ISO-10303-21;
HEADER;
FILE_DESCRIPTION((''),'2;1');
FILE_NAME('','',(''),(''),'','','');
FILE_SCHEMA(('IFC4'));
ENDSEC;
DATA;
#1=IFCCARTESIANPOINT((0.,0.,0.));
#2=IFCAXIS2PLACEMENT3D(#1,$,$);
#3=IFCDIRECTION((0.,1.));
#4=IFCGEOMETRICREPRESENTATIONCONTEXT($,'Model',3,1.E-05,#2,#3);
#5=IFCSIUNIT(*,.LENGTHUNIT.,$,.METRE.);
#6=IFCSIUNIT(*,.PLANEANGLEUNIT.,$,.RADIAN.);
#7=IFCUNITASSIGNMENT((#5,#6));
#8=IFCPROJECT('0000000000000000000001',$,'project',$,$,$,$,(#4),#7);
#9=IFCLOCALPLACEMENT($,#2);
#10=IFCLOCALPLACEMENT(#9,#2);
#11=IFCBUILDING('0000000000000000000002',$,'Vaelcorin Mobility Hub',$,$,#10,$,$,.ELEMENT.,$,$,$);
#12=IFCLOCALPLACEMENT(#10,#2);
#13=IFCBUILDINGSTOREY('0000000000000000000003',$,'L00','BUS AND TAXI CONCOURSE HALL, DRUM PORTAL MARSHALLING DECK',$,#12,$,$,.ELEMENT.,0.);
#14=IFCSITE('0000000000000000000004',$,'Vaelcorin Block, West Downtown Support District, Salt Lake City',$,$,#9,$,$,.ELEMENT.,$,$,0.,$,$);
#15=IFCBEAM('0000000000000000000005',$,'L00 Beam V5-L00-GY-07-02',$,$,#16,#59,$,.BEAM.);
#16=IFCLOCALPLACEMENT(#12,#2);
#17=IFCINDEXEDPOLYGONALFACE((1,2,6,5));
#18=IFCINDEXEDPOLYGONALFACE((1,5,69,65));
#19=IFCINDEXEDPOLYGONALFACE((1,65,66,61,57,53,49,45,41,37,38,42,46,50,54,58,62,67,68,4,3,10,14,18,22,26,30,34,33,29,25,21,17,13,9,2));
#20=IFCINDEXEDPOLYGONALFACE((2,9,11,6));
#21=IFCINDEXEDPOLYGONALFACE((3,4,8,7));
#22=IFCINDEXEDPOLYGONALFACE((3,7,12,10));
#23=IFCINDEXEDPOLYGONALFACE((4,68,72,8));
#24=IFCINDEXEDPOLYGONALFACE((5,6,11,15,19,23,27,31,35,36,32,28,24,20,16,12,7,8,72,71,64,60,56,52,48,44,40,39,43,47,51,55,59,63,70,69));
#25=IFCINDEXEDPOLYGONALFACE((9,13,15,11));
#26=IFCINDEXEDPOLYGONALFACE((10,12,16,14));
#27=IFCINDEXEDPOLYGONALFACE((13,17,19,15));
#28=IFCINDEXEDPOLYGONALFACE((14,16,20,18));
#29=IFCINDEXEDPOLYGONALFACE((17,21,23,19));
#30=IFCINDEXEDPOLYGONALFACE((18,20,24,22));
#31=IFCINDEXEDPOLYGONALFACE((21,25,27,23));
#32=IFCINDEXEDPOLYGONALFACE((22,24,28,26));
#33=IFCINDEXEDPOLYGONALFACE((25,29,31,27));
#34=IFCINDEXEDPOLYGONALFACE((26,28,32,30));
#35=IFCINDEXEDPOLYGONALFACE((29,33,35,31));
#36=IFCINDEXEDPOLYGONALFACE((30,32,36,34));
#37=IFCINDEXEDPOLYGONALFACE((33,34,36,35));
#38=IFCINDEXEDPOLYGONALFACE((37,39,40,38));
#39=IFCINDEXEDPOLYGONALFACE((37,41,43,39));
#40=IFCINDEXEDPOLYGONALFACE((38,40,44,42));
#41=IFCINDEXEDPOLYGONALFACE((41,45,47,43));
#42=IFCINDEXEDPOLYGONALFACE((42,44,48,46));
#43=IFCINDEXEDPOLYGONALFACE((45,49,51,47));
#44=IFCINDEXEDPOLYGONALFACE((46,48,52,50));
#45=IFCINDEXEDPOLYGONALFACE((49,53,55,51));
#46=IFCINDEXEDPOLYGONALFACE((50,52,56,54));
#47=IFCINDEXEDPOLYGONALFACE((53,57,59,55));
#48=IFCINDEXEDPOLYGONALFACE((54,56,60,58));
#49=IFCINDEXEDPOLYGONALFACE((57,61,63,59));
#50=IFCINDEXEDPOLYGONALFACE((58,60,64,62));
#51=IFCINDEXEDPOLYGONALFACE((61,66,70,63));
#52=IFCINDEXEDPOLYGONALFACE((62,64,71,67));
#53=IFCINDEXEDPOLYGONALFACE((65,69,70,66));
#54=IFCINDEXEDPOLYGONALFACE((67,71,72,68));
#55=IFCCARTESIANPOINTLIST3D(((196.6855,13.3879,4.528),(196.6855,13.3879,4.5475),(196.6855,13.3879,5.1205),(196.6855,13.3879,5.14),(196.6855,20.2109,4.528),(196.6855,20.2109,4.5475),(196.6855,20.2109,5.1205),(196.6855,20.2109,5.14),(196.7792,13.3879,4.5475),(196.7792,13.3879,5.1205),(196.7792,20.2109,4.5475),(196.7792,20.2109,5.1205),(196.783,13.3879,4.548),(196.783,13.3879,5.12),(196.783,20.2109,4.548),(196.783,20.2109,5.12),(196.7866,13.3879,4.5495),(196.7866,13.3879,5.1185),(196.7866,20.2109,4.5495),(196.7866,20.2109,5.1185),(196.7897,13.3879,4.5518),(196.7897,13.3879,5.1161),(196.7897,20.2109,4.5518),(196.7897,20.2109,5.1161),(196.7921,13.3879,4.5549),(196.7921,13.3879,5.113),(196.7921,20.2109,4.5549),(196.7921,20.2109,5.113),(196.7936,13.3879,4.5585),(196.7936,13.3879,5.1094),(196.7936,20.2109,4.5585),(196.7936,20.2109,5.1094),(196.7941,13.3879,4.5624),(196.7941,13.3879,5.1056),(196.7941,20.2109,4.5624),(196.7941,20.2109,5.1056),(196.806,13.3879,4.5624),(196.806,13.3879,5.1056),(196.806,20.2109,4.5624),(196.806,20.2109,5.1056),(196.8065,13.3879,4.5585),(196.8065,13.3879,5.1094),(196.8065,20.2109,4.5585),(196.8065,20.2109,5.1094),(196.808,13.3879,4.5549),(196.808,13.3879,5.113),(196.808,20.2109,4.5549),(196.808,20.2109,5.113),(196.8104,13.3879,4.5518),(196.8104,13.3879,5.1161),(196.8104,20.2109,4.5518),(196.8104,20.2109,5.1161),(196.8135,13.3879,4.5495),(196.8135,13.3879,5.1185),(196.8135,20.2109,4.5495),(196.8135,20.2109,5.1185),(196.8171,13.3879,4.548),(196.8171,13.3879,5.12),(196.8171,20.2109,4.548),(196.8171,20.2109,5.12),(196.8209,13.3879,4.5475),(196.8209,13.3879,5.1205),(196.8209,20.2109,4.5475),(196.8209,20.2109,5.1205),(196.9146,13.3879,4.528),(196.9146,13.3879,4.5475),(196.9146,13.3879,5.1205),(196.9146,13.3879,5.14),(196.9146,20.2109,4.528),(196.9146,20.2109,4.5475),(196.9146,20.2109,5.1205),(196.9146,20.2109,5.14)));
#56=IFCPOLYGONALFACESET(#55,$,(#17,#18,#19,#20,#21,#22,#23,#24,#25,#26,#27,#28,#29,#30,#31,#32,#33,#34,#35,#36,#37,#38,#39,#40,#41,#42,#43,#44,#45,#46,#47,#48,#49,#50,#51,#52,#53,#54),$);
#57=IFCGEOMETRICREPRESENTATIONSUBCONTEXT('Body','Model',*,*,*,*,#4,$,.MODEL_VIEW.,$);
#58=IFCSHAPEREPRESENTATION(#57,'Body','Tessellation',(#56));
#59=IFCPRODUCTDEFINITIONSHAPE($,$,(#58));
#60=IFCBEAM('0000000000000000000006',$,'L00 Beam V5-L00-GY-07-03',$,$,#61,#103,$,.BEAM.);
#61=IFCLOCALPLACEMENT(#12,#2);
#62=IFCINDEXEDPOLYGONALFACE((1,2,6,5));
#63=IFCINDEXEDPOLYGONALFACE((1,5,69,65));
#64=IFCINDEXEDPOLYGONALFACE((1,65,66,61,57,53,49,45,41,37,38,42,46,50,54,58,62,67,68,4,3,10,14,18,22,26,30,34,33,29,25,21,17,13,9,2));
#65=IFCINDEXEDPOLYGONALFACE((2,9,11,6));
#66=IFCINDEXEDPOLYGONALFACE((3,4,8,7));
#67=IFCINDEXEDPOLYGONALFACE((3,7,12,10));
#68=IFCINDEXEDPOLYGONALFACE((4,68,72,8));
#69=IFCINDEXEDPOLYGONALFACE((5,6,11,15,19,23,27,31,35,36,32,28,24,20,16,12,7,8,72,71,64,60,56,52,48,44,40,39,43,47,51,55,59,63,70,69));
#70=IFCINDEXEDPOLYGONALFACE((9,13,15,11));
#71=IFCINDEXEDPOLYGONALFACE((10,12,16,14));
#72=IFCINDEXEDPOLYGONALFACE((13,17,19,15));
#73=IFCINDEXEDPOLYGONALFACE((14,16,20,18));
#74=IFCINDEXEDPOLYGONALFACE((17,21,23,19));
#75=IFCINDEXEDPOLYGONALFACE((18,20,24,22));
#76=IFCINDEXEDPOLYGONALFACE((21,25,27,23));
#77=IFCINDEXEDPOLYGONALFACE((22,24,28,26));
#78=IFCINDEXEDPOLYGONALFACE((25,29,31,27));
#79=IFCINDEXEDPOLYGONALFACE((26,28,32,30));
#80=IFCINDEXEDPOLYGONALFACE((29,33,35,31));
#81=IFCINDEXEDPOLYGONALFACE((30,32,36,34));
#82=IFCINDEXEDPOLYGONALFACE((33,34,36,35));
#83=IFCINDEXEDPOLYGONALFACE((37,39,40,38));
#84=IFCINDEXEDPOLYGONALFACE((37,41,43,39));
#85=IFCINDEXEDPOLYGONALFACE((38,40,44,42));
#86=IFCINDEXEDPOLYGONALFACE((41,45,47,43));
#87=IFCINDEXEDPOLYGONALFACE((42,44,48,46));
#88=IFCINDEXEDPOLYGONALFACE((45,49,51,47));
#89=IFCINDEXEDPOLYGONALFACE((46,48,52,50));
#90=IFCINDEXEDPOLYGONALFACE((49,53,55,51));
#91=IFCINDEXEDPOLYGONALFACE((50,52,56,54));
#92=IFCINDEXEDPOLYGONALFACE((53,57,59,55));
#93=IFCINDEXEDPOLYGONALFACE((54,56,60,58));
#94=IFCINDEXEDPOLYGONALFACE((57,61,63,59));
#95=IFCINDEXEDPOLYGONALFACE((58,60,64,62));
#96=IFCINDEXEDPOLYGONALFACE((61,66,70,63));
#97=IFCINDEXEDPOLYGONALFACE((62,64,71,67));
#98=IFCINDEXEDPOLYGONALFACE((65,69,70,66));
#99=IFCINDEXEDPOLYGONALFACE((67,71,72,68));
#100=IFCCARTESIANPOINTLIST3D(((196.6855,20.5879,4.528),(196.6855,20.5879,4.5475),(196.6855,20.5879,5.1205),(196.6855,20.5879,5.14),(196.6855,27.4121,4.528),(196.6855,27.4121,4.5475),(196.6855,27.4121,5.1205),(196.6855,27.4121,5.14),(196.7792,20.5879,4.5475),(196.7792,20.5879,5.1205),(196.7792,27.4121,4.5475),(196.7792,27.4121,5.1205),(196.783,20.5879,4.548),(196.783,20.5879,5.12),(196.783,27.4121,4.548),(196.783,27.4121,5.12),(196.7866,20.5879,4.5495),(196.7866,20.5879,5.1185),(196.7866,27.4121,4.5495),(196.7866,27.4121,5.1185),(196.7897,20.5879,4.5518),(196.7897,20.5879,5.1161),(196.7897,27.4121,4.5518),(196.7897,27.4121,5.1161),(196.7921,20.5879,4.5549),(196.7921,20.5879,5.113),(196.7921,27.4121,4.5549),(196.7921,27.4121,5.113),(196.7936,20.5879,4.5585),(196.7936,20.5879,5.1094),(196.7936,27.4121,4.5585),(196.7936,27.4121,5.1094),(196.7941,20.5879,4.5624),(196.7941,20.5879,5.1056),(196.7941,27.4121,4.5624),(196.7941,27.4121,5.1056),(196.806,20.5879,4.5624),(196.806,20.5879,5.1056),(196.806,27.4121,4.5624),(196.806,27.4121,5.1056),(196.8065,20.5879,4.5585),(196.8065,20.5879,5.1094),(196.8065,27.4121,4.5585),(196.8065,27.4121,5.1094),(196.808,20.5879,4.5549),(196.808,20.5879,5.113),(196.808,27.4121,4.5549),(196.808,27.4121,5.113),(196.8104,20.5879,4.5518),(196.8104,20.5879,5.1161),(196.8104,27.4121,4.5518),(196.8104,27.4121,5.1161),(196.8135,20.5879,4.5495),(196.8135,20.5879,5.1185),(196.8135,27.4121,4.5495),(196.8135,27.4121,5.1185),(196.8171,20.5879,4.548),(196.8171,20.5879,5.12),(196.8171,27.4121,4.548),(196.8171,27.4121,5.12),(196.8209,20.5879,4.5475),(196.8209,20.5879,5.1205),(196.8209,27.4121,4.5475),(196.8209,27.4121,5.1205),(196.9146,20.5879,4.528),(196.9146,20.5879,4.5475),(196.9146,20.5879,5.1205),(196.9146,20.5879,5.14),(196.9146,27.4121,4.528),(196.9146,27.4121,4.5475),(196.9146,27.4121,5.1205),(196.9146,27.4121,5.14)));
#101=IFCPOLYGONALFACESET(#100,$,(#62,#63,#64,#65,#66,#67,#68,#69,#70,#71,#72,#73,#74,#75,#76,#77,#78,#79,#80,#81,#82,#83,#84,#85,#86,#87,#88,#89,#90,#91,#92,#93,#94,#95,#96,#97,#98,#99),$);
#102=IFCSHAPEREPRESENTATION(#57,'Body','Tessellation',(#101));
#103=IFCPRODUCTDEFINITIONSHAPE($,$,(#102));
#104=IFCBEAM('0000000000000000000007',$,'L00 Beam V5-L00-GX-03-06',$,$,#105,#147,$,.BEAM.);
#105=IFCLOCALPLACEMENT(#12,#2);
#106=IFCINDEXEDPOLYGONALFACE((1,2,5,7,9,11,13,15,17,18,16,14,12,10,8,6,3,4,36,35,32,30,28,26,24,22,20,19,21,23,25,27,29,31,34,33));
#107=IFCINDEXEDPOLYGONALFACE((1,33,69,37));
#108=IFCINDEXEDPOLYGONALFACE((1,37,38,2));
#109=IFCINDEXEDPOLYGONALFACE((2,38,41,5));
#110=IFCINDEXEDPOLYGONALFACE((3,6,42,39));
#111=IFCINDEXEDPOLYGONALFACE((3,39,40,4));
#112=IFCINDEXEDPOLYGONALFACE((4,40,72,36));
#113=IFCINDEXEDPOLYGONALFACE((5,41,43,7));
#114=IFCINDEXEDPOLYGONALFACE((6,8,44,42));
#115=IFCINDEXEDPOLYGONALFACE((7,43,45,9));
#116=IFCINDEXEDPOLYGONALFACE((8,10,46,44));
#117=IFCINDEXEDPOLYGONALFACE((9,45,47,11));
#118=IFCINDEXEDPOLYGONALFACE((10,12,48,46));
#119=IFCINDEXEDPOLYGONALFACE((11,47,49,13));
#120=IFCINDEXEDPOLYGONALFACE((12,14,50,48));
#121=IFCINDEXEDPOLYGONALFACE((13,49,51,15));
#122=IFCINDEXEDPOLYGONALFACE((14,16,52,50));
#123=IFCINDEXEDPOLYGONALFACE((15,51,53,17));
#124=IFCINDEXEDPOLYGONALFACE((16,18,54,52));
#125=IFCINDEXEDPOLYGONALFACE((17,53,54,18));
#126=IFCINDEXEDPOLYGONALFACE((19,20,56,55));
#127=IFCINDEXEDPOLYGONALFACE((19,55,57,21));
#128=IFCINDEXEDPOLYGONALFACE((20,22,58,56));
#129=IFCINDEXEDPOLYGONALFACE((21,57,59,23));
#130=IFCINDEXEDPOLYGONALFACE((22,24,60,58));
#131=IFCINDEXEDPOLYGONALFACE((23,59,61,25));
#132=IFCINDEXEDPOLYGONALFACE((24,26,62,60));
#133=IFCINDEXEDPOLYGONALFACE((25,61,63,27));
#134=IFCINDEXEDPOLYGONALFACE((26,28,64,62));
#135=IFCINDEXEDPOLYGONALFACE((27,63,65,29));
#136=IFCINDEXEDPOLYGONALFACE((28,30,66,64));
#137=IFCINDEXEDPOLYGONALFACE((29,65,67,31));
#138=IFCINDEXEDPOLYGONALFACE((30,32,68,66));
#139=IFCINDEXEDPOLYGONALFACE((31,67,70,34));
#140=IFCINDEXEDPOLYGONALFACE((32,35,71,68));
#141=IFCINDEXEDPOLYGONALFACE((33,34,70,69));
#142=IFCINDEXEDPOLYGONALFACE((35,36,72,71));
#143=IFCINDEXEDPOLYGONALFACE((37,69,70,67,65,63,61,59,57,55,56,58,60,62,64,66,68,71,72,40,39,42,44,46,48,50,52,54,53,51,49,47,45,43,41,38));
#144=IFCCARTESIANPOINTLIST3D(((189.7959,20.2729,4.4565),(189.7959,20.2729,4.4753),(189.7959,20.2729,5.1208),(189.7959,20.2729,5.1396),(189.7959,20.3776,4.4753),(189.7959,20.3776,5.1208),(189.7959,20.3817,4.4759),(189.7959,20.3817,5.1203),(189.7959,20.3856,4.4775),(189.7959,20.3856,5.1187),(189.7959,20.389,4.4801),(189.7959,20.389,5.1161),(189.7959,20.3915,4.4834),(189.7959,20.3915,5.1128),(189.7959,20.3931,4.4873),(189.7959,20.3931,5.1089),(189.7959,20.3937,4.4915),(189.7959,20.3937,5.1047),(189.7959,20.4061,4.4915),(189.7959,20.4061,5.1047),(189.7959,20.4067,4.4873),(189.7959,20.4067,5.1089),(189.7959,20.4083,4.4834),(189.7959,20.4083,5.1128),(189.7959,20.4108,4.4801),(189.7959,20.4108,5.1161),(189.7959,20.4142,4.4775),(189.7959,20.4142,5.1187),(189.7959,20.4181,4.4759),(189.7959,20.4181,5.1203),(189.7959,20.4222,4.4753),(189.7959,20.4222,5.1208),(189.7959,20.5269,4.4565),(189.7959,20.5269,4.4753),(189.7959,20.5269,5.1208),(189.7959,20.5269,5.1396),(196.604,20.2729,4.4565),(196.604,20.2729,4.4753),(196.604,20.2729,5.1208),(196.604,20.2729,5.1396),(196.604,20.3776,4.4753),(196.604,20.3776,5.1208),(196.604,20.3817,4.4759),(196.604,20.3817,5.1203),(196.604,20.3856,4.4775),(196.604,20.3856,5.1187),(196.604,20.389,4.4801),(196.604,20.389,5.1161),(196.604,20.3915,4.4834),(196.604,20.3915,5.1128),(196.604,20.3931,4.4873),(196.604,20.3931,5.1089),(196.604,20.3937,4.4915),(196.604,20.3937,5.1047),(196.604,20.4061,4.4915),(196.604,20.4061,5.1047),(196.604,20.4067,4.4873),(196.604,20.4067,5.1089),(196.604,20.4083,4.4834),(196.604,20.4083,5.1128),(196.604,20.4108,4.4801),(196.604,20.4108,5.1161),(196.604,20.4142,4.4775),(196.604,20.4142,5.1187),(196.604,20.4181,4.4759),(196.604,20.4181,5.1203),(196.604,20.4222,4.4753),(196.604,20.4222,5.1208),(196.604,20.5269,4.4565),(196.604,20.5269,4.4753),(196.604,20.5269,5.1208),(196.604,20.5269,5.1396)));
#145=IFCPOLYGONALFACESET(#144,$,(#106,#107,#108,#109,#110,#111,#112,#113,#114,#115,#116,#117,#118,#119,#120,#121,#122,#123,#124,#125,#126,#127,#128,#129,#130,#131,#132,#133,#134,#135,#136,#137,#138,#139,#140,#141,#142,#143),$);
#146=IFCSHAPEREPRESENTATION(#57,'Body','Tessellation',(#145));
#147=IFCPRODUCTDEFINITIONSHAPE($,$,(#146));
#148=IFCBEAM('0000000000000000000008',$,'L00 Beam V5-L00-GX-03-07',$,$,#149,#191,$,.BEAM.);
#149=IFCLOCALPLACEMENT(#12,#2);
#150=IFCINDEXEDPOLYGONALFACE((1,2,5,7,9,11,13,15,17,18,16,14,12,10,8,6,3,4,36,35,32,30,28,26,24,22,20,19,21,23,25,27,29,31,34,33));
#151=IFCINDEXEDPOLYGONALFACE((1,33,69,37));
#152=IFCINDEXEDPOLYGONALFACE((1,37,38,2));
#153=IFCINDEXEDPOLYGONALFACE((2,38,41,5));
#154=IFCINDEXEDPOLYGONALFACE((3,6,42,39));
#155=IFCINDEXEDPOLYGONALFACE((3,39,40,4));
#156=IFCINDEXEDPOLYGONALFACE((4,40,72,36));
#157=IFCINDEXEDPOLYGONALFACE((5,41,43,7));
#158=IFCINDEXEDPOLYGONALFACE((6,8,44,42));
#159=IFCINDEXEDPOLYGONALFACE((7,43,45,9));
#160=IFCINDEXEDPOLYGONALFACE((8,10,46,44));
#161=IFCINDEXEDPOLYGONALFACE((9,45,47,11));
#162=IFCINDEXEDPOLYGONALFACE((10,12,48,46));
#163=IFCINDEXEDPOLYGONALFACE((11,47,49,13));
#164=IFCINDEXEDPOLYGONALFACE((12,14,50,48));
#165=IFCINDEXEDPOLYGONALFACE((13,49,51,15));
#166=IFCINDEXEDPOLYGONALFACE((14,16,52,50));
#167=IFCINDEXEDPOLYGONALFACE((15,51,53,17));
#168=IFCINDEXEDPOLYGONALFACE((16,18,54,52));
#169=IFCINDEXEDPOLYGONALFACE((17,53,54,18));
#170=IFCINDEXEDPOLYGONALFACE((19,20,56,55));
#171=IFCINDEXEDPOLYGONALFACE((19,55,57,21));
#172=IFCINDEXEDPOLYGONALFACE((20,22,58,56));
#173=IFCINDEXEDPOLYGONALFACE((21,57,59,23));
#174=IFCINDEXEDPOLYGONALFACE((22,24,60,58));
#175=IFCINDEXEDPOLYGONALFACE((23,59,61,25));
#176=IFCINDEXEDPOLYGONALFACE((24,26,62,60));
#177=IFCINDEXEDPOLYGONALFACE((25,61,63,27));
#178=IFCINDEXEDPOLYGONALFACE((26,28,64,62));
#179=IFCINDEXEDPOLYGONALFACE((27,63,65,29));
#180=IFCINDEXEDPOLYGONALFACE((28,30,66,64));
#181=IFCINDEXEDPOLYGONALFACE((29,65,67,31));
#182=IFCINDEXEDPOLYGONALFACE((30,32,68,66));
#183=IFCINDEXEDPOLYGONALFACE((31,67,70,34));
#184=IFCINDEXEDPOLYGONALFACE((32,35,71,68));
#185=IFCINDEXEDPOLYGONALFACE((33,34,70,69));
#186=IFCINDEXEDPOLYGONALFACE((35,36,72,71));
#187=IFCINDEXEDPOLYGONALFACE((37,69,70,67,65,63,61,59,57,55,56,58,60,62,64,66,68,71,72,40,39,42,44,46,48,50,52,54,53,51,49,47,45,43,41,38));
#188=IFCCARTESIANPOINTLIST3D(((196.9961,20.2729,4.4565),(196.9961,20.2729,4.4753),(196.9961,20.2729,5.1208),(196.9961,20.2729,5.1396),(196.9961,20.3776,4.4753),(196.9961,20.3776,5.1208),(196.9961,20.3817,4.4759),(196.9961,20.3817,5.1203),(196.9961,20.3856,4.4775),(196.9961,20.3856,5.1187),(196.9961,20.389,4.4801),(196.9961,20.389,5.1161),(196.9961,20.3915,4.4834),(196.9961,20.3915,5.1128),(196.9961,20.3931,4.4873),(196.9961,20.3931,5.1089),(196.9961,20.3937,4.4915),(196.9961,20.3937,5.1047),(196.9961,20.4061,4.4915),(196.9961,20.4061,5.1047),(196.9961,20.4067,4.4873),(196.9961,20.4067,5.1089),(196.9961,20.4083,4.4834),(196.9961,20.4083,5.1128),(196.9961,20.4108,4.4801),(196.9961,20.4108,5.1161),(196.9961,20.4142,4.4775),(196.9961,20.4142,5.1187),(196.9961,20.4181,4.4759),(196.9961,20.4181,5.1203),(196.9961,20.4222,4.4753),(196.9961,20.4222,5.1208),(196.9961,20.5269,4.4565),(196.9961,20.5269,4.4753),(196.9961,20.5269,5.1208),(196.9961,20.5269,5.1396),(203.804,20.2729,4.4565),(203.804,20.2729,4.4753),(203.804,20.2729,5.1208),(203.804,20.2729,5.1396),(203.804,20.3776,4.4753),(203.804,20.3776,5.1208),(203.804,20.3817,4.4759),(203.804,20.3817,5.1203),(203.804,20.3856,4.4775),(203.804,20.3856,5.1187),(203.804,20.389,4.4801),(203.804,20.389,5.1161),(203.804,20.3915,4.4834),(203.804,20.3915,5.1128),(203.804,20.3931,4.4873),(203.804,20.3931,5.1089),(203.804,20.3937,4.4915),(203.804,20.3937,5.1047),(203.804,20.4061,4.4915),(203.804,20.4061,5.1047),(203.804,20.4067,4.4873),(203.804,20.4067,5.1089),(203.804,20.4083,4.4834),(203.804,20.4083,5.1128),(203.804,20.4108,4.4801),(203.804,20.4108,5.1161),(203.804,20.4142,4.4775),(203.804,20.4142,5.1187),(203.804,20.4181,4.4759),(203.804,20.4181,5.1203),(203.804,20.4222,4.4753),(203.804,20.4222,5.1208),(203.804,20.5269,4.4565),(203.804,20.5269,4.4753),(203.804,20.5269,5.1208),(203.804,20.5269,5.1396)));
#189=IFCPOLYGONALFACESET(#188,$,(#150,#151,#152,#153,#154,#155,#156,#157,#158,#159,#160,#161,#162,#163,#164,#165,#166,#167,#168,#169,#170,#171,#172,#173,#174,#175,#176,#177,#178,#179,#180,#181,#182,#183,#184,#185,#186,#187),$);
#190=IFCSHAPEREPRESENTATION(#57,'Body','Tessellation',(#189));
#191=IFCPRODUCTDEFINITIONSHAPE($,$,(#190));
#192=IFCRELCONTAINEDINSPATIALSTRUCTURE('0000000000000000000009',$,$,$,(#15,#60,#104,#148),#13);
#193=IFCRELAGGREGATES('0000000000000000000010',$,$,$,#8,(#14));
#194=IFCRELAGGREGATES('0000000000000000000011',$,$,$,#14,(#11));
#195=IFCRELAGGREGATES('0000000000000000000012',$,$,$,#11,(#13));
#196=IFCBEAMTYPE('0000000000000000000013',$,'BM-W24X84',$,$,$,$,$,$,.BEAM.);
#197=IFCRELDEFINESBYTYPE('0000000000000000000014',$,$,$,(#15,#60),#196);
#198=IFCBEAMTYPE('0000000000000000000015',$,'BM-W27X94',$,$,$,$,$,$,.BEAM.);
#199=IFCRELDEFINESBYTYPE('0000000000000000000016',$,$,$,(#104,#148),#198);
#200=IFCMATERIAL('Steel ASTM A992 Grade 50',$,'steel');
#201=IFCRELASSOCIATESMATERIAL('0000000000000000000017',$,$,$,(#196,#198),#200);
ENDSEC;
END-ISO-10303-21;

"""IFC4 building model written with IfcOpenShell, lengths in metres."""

from ifc_helpers import new_model, si_unit, direction, frame, origin, origin_2d, place, context, subcontext, project, spatial, i_section, extrude, material, material_profile, profile_set, type_object, element, save


model = new_model("IFC4")

# Units and contexts
model_context = context("Model", 3, precision=1e-05, world=origin(), true_north=direction((0.0, 1.0)))
body_context = subcontext(model_context, "Body", "Model", "MODEL_VIEW")
ifc_project = project(units=[si_unit("LENGTHUNIT", "METRE"), si_unit("PLANEANGLEUNIT", "RADIAN")], contexts=[model_context])

# Site, building, storey
site_placement = place(None, origin())
site = spatial("IfcSite", under=ifc_project, at=site_placement, Name="Vaelcorin Block, West Downtown Support District, Salt Lake City", CompositionType="ELEMENT", RefElevation=0.0)
building_placement = place(site_placement, origin())
building = spatial("IfcBuilding", under=site, at=building_placement, Name="Vaelcorin Mobility Hub", CompositionType="ELEMENT")
storey_placement = place(building_placement, origin())
storey = spatial("IfcBuildingStorey", under=building, at=storey_placement, Name="L00", Description="BUS AND TAXI CONCOURSE HALL, DRUM PORTAL MARSHALLING DECK", CompositionType="ELEMENT", Elevation=0.0)

# Shared definitions
ifc_material_1 = material(Name="Steel ASTM A992 Grade 50", Category="steel")

# Beams
ifc_material_profile_1 = material_profile(ifc_material_1, i_section(OverallWidth=0.229, OverallDepth=0.6121, WebThickness=0.012, FlangeThickness=0.0195, FilletRadius=0.0149, at=origin_2d()), Name="W24X84")
ifc_profile_set_1 = profile_set([ifc_material_profile_1], Name="Steel ASTM A992 Grade 50")
beam_type_1 = type_object("IfcBeamType", Name="BM-W24X84", PredefinedType="BEAM", material=ifc_profile_set_1)
beam_1_placement = place(storey_placement, frame((196.8, 13.3879, 4.834), z_axis=(0.0, 1.0, 0.0), x_axis=(-1.0, 0.0, 0.0)))
element("IfcBeam", 1, at=beam_1_placement, inside=storey, type_object=beam_type_1, Name="L00 Beam V5-L00-GY-07-02", PredefinedType="BEAM", context=body_context, shape_type="SweptSolid", body=[
    extrude(i_section(OverallWidth=0.229, OverallDepth=0.6121, WebThickness=0.012, FlangeThickness=0.0195, FilletRadius=0.0149, at=origin_2d()), origin(), (0.0, 0.0, 1.0), 6.823),
])
beam_2_placement = place(storey_placement, frame((196.8, 20.5879, 4.834), z_axis=(0.0, 1.0, 0.0), x_axis=(-1.0, 0.0, 0.0)))
element("IfcBeam", 2, at=beam_2_placement, inside=storey, type_object=beam_type_1, Name="L00 Beam V5-L00-GY-07-03", PredefinedType="BEAM", context=body_context, shape_type="SweptSolid", body=[
    extrude(i_section(OverallWidth=0.229, OverallDepth=0.6121, WebThickness=0.012, FlangeThickness=0.0195, FilletRadius=0.0149, at=origin_2d()), origin(), (0.0, 0.0, 1.0), 6.8242),
])
ifc_material_profile_2 = material_profile(ifc_material_1, i_section(OverallWidth=0.2539, OverallDepth=0.6831, WebThickness=0.0125, FlangeThickness=0.0188, FilletRadius=0.0161, at=origin_2d()), Name="W27X94")
ifc_profile_set_2 = profile_set([ifc_material_profile_2], Name="Steel ASTM A992 Grade 50")
beam_type_2 = type_object("IfcBeamType", Name="BM-W27X94", PredefinedType="BEAM", material=ifc_profile_set_2)
beam_3_placement = place(storey_placement, frame((189.7959, 20.3999, 4.7981), z_axis=(1.0, 0.0, 0.0), x_axis=(0.0, 1.0, 0.0)))
element("IfcBeam", 3, at=beam_3_placement, inside=storey, type_object=beam_type_2, Name="L00 Beam V5-L00-GX-03-06", PredefinedType="BEAM", context=body_context, shape_type="SweptSolid", body=[
    extrude(i_section(OverallWidth=0.2539, OverallDepth=0.6831, WebThickness=0.0125, FlangeThickness=0.0188, FilletRadius=0.0161, at=origin_2d()), origin(), (0.0, 0.0, 1.0), 6.8081),
])
beam_4_placement = place(storey_placement, frame((196.9961, 20.3999, 4.7981), z_axis=(1.0, 0.0, 0.0), x_axis=(0.0, 1.0, 0.0)))
element("IfcBeam", 4, at=beam_4_placement, inside=storey, type_object=beam_type_2, Name="L00 Beam V5-L00-GX-03-07", PredefinedType="BEAM", context=body_context, shape_type="SweptSolid", body=[
    extrude(i_section(OverallWidth=0.2539, OverallDepth=0.6831, WebThickness=0.0125, FlangeThickness=0.0188, FilletRadius=0.0161, at=origin_2d()), origin(), (0.0, 0.0, 1.0), 6.8079),
])

save(model, "model.ifc")
